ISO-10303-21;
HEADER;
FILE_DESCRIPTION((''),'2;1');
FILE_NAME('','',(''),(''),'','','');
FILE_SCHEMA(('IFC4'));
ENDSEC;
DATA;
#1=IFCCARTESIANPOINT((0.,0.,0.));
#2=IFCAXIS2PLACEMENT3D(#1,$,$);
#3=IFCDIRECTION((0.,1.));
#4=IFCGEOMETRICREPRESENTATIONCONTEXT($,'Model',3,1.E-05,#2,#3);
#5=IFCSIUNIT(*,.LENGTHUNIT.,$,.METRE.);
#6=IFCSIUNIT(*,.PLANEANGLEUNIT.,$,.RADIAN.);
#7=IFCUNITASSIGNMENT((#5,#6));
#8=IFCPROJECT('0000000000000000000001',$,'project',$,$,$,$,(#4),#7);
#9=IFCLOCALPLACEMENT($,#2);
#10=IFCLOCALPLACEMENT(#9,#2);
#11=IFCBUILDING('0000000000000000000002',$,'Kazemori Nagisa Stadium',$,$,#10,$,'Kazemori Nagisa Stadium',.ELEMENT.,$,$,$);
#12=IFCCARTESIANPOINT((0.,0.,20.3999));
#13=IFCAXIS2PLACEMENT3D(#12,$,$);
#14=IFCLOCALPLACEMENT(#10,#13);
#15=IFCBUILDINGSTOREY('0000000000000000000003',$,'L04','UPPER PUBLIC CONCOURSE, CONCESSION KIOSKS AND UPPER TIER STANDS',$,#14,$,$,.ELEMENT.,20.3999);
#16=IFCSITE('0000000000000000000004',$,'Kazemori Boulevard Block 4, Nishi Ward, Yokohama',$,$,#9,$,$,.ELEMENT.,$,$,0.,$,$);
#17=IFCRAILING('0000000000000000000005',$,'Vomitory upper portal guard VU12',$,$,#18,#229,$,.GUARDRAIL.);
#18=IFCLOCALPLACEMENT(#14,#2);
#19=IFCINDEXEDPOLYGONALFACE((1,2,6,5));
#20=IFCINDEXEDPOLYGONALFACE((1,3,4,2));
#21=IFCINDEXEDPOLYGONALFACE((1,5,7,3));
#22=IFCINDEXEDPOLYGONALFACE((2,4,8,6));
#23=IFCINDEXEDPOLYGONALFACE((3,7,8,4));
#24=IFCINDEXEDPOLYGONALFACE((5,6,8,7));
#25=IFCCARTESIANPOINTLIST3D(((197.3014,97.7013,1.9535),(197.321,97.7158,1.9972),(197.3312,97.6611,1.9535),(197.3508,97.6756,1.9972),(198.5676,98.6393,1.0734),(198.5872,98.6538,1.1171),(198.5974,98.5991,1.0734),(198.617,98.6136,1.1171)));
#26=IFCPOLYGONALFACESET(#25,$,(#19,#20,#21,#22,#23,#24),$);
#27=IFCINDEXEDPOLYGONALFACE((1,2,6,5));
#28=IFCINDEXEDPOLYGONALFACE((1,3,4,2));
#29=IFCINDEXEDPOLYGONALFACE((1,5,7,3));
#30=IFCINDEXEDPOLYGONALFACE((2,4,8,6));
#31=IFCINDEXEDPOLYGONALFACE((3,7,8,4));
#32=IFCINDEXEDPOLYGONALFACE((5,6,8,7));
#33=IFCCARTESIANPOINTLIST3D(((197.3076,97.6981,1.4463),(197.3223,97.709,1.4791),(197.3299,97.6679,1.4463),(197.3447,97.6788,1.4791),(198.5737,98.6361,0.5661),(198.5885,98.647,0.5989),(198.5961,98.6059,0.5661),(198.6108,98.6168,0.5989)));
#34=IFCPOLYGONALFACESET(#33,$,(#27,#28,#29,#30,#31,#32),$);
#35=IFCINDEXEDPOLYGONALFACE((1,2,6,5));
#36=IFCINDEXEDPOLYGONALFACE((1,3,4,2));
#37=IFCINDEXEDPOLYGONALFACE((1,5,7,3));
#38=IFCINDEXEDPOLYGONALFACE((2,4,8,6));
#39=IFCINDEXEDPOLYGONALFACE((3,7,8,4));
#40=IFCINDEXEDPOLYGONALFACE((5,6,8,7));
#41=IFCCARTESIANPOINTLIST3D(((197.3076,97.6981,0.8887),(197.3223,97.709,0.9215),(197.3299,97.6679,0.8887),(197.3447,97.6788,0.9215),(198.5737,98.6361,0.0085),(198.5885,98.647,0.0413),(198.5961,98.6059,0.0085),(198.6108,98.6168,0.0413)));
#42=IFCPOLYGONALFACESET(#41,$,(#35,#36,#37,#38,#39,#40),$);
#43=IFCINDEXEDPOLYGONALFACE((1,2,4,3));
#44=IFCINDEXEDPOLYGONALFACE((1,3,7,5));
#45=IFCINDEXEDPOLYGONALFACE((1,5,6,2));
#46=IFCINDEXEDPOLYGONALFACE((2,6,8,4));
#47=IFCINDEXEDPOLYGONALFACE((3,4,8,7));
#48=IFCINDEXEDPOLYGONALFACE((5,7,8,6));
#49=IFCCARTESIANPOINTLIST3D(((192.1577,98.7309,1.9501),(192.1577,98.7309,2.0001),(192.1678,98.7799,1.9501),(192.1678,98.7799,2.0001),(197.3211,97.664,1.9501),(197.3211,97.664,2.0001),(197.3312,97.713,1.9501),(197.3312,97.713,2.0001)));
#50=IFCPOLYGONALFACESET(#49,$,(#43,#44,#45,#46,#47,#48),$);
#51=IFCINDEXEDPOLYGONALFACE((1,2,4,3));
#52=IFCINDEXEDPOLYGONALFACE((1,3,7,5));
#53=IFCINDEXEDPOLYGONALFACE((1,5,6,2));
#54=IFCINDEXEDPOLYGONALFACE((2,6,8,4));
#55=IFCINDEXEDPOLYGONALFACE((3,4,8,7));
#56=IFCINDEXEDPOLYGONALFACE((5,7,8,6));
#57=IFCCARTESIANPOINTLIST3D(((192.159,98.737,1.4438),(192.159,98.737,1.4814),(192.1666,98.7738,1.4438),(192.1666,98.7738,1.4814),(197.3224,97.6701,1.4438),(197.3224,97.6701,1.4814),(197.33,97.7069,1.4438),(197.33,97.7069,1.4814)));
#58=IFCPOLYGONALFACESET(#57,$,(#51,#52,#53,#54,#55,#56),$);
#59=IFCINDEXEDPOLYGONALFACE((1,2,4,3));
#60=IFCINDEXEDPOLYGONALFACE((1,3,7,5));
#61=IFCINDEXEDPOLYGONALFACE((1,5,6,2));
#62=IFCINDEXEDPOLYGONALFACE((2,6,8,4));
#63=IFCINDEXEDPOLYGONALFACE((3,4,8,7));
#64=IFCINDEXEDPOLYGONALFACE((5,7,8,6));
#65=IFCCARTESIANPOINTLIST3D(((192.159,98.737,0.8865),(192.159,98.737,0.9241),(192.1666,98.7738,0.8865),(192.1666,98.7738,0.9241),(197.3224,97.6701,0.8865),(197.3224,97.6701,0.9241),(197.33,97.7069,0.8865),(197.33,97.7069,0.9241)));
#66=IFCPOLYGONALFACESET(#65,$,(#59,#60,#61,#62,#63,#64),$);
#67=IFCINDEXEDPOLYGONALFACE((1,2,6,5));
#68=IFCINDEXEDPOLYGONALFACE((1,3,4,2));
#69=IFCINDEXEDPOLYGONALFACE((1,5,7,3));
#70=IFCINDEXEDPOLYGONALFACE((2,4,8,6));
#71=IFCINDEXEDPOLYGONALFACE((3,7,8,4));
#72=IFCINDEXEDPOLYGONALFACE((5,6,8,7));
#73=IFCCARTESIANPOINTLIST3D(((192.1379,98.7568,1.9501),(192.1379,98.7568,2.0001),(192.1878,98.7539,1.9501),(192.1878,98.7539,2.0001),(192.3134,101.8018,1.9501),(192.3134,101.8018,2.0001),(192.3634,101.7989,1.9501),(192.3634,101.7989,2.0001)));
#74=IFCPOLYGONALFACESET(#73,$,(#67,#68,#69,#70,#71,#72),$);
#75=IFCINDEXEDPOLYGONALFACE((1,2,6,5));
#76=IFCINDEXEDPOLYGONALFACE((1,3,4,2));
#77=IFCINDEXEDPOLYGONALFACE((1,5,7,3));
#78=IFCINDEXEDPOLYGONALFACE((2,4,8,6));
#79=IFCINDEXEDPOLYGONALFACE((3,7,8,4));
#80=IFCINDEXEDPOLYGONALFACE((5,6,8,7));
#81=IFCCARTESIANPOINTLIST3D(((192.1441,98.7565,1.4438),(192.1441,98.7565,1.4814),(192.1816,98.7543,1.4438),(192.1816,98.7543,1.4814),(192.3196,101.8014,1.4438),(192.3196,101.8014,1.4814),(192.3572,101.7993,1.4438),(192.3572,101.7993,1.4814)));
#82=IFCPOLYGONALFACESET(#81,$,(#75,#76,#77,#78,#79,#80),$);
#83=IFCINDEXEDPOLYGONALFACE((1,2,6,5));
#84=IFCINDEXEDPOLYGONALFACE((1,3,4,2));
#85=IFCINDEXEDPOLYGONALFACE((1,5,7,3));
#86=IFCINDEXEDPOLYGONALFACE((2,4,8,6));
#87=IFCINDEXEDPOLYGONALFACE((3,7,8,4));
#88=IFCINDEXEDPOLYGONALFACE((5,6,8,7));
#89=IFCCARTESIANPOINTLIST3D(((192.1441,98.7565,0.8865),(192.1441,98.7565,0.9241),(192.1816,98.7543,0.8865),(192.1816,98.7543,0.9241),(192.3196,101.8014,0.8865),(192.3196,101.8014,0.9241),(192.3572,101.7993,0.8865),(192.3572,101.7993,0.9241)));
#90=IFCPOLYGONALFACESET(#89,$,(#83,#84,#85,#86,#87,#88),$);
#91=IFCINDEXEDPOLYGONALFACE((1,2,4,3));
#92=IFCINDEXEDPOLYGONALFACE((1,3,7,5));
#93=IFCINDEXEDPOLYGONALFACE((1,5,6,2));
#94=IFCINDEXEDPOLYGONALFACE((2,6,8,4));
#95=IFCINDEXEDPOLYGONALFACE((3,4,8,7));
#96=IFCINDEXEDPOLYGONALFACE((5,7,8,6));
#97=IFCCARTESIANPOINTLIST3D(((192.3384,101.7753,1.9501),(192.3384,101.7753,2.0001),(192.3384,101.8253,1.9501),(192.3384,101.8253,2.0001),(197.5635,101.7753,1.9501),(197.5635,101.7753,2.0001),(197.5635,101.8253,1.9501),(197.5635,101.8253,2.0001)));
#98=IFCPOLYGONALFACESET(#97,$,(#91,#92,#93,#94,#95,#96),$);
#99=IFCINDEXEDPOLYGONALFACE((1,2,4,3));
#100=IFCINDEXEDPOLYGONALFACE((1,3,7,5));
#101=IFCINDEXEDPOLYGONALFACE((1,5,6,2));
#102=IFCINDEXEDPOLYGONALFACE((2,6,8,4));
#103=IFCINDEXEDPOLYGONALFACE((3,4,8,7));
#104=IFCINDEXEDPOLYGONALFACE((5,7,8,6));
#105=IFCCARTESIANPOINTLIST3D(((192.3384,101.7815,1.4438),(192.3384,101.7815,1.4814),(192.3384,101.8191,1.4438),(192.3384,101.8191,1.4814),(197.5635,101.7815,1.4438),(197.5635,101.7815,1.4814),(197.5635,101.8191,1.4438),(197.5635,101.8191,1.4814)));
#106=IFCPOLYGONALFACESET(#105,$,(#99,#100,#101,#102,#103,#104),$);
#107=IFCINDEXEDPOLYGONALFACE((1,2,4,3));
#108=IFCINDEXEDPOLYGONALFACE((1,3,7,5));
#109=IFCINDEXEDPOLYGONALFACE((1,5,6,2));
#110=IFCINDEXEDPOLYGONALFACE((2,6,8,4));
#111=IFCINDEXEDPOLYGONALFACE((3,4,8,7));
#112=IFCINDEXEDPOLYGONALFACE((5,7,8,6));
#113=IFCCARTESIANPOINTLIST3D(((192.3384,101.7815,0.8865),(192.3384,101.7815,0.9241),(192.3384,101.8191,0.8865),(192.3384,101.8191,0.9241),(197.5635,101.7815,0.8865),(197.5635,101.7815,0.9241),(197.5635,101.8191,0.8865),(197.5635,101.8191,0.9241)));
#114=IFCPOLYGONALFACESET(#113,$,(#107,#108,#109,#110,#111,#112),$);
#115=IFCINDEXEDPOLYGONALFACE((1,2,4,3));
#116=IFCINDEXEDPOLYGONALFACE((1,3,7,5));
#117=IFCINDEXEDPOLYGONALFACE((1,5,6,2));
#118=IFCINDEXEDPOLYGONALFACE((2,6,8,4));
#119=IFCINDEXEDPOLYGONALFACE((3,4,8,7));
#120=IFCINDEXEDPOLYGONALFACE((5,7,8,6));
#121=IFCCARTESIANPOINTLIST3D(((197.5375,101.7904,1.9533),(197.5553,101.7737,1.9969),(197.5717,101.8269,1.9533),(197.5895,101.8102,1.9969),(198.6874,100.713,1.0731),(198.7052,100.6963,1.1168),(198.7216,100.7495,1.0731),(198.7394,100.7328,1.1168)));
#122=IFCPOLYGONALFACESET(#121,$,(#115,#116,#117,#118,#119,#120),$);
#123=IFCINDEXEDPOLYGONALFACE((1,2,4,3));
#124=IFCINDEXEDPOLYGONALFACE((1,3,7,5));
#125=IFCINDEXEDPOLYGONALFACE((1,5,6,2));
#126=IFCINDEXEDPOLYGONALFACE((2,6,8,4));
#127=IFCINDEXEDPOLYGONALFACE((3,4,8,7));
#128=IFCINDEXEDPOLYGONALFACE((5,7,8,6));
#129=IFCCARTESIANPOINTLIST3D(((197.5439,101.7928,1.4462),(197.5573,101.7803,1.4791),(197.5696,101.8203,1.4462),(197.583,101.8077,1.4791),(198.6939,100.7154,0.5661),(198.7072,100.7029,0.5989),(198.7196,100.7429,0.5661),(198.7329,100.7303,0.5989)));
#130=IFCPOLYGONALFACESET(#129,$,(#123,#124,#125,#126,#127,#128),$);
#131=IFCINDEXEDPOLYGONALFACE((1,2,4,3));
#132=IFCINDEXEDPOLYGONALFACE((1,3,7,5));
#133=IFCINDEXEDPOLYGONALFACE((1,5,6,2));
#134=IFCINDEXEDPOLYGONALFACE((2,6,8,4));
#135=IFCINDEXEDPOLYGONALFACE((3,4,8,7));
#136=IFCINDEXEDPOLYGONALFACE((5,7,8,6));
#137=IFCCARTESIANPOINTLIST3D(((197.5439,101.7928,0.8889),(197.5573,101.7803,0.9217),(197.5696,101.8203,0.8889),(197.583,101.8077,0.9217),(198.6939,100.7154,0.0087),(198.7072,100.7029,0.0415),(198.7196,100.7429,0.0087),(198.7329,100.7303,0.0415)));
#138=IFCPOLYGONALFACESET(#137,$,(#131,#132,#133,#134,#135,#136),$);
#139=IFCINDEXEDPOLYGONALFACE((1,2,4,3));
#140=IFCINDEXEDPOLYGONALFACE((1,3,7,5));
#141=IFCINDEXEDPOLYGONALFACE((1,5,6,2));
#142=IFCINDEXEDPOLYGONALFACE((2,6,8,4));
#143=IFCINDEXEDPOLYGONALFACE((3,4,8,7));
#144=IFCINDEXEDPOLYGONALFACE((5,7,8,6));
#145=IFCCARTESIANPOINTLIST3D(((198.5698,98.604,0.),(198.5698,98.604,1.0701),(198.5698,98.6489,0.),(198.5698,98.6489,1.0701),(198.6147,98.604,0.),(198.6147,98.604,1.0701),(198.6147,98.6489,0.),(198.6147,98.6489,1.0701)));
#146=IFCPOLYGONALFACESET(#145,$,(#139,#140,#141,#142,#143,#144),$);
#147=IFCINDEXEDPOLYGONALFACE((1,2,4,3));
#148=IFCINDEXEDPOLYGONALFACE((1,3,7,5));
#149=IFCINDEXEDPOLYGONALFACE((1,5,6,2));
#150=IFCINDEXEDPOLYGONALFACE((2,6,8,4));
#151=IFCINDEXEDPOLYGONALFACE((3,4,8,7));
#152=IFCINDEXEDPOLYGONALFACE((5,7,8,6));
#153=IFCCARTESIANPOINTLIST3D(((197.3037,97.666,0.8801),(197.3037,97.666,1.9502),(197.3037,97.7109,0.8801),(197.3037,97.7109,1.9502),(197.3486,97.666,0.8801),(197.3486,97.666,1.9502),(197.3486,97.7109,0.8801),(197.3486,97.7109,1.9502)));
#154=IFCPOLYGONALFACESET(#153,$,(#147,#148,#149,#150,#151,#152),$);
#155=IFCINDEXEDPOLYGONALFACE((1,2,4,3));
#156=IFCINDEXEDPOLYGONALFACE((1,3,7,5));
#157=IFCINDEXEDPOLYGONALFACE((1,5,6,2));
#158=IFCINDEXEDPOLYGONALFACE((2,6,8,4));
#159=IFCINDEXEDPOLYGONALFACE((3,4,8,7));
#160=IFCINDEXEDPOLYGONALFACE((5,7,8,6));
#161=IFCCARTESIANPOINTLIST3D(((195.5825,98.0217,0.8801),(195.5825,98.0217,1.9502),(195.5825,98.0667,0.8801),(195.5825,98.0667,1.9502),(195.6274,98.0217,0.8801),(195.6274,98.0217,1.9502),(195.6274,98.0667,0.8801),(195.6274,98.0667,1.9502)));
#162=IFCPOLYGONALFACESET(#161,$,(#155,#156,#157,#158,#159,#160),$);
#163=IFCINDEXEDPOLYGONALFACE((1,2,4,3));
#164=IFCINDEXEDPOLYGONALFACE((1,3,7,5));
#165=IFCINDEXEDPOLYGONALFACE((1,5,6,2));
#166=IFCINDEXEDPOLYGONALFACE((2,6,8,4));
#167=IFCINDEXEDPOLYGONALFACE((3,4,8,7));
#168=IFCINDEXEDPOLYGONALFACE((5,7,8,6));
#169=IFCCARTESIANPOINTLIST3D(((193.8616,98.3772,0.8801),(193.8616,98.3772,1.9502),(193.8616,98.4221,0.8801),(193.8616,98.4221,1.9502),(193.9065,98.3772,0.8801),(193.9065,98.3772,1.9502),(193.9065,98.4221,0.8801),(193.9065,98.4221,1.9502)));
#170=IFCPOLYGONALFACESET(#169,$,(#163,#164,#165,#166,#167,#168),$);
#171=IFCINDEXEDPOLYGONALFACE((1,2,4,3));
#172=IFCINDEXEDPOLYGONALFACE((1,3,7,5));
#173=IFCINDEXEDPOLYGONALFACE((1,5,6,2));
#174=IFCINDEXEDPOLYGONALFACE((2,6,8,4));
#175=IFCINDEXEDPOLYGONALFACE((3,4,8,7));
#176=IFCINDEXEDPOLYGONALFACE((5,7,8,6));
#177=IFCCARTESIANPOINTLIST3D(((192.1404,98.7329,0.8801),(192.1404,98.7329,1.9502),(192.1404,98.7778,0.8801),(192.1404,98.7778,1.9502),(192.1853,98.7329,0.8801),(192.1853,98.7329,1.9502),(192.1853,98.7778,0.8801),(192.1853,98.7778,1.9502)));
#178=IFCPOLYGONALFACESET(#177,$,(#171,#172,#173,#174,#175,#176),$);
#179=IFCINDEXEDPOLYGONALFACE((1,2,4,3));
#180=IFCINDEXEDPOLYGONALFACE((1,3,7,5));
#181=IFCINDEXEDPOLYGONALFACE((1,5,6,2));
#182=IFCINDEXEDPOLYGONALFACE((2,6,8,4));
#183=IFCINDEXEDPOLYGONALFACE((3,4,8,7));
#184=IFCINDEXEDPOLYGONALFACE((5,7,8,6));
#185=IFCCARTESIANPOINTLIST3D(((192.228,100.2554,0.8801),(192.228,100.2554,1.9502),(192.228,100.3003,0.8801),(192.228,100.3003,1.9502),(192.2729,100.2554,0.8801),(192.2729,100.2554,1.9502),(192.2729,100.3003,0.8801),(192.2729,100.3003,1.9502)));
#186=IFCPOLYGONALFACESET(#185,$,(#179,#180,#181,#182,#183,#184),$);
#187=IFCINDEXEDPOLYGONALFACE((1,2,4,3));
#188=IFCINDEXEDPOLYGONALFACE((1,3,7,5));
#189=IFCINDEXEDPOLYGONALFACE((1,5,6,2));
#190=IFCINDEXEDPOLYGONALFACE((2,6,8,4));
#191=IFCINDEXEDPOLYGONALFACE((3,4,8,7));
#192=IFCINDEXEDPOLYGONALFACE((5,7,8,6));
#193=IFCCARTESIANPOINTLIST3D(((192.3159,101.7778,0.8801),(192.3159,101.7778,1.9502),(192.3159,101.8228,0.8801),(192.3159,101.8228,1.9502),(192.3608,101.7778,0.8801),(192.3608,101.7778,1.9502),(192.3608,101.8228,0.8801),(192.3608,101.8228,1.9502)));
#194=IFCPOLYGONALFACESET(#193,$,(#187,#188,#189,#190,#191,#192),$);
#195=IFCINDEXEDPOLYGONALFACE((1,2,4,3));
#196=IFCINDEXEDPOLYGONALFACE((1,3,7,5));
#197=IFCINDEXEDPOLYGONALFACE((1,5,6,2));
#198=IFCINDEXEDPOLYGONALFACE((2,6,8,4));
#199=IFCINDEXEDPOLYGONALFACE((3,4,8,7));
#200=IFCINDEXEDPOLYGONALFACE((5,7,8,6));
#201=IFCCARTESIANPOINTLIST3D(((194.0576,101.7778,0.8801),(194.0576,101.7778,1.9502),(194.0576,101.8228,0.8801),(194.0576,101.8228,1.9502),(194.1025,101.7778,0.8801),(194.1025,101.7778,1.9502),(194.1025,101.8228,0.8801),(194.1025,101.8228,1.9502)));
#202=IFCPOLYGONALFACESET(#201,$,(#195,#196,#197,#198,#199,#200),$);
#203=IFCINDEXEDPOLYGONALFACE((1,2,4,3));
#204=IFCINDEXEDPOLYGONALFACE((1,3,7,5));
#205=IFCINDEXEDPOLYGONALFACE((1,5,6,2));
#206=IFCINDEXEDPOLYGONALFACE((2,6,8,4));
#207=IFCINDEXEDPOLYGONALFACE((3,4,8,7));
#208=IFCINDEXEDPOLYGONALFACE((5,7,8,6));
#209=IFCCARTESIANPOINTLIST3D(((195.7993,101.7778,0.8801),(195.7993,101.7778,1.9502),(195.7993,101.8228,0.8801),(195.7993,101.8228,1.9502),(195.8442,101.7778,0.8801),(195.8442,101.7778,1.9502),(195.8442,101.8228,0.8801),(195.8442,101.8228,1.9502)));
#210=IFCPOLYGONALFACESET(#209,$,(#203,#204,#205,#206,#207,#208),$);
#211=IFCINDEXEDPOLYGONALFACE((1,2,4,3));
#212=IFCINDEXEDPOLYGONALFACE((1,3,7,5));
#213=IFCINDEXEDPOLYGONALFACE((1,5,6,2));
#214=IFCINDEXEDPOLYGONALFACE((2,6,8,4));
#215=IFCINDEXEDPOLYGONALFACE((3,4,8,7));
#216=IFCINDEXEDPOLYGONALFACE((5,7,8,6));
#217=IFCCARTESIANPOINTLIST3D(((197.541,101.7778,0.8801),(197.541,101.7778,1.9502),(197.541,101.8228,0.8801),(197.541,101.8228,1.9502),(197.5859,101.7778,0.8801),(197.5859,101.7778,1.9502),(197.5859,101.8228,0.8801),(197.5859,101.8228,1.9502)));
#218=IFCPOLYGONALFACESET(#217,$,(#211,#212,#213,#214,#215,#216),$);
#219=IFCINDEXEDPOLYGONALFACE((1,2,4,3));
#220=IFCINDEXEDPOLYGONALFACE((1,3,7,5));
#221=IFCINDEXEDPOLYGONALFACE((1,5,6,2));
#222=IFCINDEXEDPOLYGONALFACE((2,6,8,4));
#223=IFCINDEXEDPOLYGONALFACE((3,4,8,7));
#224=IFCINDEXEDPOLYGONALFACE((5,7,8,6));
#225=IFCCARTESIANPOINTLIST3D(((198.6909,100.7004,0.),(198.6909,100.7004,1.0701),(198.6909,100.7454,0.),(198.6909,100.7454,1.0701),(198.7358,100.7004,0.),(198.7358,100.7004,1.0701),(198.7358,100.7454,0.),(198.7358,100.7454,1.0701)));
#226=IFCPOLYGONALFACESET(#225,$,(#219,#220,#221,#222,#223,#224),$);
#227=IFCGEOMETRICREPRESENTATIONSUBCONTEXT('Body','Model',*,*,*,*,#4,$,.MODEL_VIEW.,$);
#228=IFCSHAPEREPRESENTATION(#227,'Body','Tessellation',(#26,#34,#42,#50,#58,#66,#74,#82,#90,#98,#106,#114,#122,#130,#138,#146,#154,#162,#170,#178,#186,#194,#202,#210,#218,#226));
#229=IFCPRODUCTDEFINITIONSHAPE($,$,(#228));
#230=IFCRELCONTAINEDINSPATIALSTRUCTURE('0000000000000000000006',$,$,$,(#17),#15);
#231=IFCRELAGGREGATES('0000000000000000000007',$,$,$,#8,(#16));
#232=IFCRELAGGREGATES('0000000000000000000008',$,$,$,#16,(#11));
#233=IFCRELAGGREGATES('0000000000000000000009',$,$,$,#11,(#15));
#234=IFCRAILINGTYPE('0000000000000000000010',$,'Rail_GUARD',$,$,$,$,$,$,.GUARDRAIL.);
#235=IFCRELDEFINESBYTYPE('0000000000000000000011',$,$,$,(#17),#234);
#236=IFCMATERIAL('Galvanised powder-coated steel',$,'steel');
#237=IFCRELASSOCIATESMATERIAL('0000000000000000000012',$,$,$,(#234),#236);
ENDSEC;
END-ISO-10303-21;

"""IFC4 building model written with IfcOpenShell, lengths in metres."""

from ifc_helpers import new_model, si_unit, direction, frame, origin, origin_2d, place, context, subcontext, project, spatial, rectangle, extrude, material, type_object, element, save


model = new_model("IFC4")

# Units and contexts
model_context = context("Model", 3, precision=1e-05, world=origin(), true_north=direction((0.0, 1.0)))
body_context = subcontext(model_context, "Body", "Model", "MODEL_VIEW")
ifc_project = project(units=[si_unit("LENGTHUNIT", "METRE"), si_unit("PLANEANGLEUNIT", "RADIAN")], contexts=[model_context])

# Site, building, storey
site_placement = place(None, origin())
site = spatial("IfcSite", under=ifc_project, at=site_placement, Name="Kazemori Boulevard Block 4, Nishi Ward, Yokohama", CompositionType="ELEMENT", RefElevation=0.0)
building_placement = place(site_placement, origin())
building = spatial("IfcBuilding", under=site, at=building_placement, Name="Kazemori Nagisa Stadium", LongName="Kazemori Nagisa Stadium", CompositionType="ELEMENT")
storey_placement = place(building_placement, frame((0.0, 0.0, 20.3999)))
storey = spatial("IfcBuildingStorey", under=building, at=storey_placement, Name="L04", Description="UPPER PUBLIC CONCOURSE, CONCESSION KIOSKS AND UPPER TIER STANDS", CompositionType="ELEMENT", Elevation=20.3999)

# Railing
ifc_material_1 = material(Name="Galvanised powder-coated steel", Category="steel")
railing_type = type_object("IfcRailingType", Name="Rail_GUARD", PredefinedType="GUARDRAIL", material=ifc_material_1)
railing_1_placement = place(storey_placement, frame((198.5923, 98.6265, 0.0)))
element("IfcRailing", 1, at=railing_1_placement, inside=storey, type_object=railing_type, Name="Vomitory upper portal guard VU12", PredefinedType="GUARDRAIL", context=body_context, shape_type="SweptSolid", body=[
    extrude(rectangle(XDim=0.05, YDim=0.05, at=origin_2d()), frame((0.0, 0.0, 1.0952), z_axis=(-0.701506, -0.519704, 0.487645), x_axis=(0.595279, -0.803519, 0.0)), (0.0, 0.0, 1.0), 1.8049),
    extrude(rectangle(XDim=0.0376, YDim=0.0376, at=origin_2d()), frame((0.0, 0.0, 0.5825), z_axis=(-0.701506, -0.519704, 0.487645), x_axis=(0.595279, -0.803519, 0.0)), (0.0, 0.0, 1.0), 1.8049),
    extrude(rectangle(XDim=0.0376, YDim=0.0376, at=origin_2d()), frame((0.0, 0.0, 0.0249), z_axis=(-0.701506, -0.519704, 0.487645), x_axis=(0.595279, -0.803519, 0.0)), (0.0, 0.0, 1.0), 1.8049),
    extrude(rectangle(XDim=0.05, YDim=0.05, at=origin_2d()), frame((-1.2661, -0.938, 1.9751), z_axis=(-0.979312, 0.202354, 0.0), x_axis=(-0.202354, -0.979312, 0.0)), (0.0, 0.0, 1.0), 5.2725),
    extrude(rectangle(XDim=0.0376, YDim=0.0376, at=origin_2d()), frame((-1.2661, -0.938, 1.4626), z_axis=(-0.979312, 0.202354, 0.0), x_axis=(-0.202354, -0.979312, 0.0)), (0.0, 0.0, 1.0), 5.2725),
    extrude(rectangle(XDim=0.0376, YDim=0.0376, at=origin_2d()), frame((-1.2661, -0.938, 0.9053), z_axis=(-0.979312, 0.202354, 0.0), x_axis=(-0.202354, -0.979312, 0.0)), (0.0, 0.0, 1.0), 5.2725),
    extrude(rectangle(XDim=0.05, YDim=0.05, at=origin_2d()), frame((-6.4294, 0.1289, 1.9751), z_axis=(0.057554, 0.998342, 0.0), x_axis=(-0.998342, 0.057554, 0.0)), (0.0, 0.0, 1.0), 3.05),
    extrude(rectangle(XDim=0.0376, YDim=0.0376, at=origin_2d()), frame((-6.4294, 0.1289, 1.4626), z_axis=(0.057554, 0.998342, 0.0), x_axis=(-0.998342, 0.057554, 0.0)), (0.0, 0.0, 1.0), 3.05),
    extrude(rectangle(XDim=0.0376, YDim=0.0376, at=origin_2d()), frame((-6.4294, 0.1289, 0.9053), z_axis=(0.057554, 0.998342, 0.0), x_axis=(-0.998342, 0.057554, 0.0)), (0.0, 0.0, 1.0), 3.05),
    extrude(rectangle(XDim=0.05, YDim=0.05, at=origin_2d()), frame((-6.2539, 3.1738, 1.9751), z_axis=(1.0, 0.0, 0.0), x_axis=(0.0, 1.0, 0.0)), (0.0, 0.0, 1.0), 5.2251),
    extrude(rectangle(XDim=0.0376, YDim=0.0376, at=origin_2d()), frame((-6.2539, 3.1738, 1.4626), z_axis=(1.0, 0.0, 0.0), x_axis=(0.0, 1.0, 0.0)), (0.0, 0.0, 1.0), 5.2251),
    extrude(rectangle(XDim=0.0376, YDim=0.0376, at=origin_2d()), frame((-6.2539, 3.1738, 0.9053), z_axis=(1.0, 0.0, 0.0), x_axis=(0.0, 1.0, 0.0)), (0.0, 0.0, 1.0), 5.2251),
    extrude(rectangle(XDim=0.05, YDim=0.05, at=origin_2d()), frame((-1.0288, 3.1738, 1.9751), z_axis=(0.637099, -0.596926, -0.487631), x_axis=(0.683725, 0.72974, 0.0)), (0.0, 0.0, 1.0), 1.8049),
    extrude(rectangle(XDim=0.0376, YDim=0.0376, at=origin_2d()), frame((-1.0288, 3.1738, 1.4626), z_axis=(0.637099, -0.596926, -0.487631), x_axis=(0.683725, 0.72974, 0.0)), (0.0, 0.0, 1.0), 1.8049),
    extrude(rectangle(XDim=0.0376, YDim=0.0376, at=origin_2d()), frame((-1.0288, 3.1738, 0.9053), z_axis=(0.637099, -0.596926, -0.487631), x_axis=(0.683725, 0.72974, 0.0)), (0.0, 0.0, 1.0), 1.8049),
    extrude(rectangle(XDim=0.0449, YDim=0.0449, at=origin_2d()), origin(), (0.0, 0.0, 1.0), 1.0701),
    extrude(rectangle(XDim=0.0449, YDim=0.0449, at=origin_2d()), frame((-1.2661, -0.938, 0.8801)), (0.0, 0.0, 1.0), 1.0701),
    extrude(rectangle(XDim=0.0449, YDim=0.0449, at=origin_2d()), frame((-2.9873, -0.5823, 0.8801)), (0.0, 0.0, 1.0), 1.0701),
    extrude(rectangle(XDim=0.0449, YDim=0.0449, at=origin_2d()), frame((-4.7083, -0.2268, 0.8801)), (0.0, 0.0, 1.0), 1.0701),
    extrude(rectangle(XDim=0.0449, YDim=0.0449, at=origin_2d()), frame((-6.4294, 0.1289, 0.8801)), (0.0, 0.0, 1.0), 1.0701),
    extrude(rectangle(XDim=0.0449, YDim=0.0449, at=origin_2d()), frame((-6.3418, 1.6514, 0.8801)), (0.0, 0.0, 1.0), 1.0701),
    extrude(rectangle(XDim=0.0449, YDim=0.0449, at=origin_2d()), frame((-6.2539, 3.1738, 0.8801)), (0.0, 0.0, 1.0), 1.0701),
    extrude(rectangle(XDim=0.0449, YDim=0.0449, at=origin_2d()), frame((-4.5122, 3.1738, 0.8801)), (0.0, 0.0, 1.0), 1.0701),
    extrude(rectangle(XDim=0.0449, YDim=0.0449, at=origin_2d()), frame((-2.7705, 3.1738, 0.8801)), (0.0, 0.0, 1.0), 1.0701),
    extrude(rectangle(XDim=0.0449, YDim=0.0449, at=origin_2d()), frame((-1.0288, 3.1738, 0.8801)), (0.0, 0.0, 1.0), 1.0701),
    extrude(rectangle(XDim=0.0449, YDim=0.0449, at=origin_2d()), frame((0.1211, 2.0964, 0.0)), (0.0, 0.0, 1.0), 1.0701),
])

save(model, "model.ifc")
